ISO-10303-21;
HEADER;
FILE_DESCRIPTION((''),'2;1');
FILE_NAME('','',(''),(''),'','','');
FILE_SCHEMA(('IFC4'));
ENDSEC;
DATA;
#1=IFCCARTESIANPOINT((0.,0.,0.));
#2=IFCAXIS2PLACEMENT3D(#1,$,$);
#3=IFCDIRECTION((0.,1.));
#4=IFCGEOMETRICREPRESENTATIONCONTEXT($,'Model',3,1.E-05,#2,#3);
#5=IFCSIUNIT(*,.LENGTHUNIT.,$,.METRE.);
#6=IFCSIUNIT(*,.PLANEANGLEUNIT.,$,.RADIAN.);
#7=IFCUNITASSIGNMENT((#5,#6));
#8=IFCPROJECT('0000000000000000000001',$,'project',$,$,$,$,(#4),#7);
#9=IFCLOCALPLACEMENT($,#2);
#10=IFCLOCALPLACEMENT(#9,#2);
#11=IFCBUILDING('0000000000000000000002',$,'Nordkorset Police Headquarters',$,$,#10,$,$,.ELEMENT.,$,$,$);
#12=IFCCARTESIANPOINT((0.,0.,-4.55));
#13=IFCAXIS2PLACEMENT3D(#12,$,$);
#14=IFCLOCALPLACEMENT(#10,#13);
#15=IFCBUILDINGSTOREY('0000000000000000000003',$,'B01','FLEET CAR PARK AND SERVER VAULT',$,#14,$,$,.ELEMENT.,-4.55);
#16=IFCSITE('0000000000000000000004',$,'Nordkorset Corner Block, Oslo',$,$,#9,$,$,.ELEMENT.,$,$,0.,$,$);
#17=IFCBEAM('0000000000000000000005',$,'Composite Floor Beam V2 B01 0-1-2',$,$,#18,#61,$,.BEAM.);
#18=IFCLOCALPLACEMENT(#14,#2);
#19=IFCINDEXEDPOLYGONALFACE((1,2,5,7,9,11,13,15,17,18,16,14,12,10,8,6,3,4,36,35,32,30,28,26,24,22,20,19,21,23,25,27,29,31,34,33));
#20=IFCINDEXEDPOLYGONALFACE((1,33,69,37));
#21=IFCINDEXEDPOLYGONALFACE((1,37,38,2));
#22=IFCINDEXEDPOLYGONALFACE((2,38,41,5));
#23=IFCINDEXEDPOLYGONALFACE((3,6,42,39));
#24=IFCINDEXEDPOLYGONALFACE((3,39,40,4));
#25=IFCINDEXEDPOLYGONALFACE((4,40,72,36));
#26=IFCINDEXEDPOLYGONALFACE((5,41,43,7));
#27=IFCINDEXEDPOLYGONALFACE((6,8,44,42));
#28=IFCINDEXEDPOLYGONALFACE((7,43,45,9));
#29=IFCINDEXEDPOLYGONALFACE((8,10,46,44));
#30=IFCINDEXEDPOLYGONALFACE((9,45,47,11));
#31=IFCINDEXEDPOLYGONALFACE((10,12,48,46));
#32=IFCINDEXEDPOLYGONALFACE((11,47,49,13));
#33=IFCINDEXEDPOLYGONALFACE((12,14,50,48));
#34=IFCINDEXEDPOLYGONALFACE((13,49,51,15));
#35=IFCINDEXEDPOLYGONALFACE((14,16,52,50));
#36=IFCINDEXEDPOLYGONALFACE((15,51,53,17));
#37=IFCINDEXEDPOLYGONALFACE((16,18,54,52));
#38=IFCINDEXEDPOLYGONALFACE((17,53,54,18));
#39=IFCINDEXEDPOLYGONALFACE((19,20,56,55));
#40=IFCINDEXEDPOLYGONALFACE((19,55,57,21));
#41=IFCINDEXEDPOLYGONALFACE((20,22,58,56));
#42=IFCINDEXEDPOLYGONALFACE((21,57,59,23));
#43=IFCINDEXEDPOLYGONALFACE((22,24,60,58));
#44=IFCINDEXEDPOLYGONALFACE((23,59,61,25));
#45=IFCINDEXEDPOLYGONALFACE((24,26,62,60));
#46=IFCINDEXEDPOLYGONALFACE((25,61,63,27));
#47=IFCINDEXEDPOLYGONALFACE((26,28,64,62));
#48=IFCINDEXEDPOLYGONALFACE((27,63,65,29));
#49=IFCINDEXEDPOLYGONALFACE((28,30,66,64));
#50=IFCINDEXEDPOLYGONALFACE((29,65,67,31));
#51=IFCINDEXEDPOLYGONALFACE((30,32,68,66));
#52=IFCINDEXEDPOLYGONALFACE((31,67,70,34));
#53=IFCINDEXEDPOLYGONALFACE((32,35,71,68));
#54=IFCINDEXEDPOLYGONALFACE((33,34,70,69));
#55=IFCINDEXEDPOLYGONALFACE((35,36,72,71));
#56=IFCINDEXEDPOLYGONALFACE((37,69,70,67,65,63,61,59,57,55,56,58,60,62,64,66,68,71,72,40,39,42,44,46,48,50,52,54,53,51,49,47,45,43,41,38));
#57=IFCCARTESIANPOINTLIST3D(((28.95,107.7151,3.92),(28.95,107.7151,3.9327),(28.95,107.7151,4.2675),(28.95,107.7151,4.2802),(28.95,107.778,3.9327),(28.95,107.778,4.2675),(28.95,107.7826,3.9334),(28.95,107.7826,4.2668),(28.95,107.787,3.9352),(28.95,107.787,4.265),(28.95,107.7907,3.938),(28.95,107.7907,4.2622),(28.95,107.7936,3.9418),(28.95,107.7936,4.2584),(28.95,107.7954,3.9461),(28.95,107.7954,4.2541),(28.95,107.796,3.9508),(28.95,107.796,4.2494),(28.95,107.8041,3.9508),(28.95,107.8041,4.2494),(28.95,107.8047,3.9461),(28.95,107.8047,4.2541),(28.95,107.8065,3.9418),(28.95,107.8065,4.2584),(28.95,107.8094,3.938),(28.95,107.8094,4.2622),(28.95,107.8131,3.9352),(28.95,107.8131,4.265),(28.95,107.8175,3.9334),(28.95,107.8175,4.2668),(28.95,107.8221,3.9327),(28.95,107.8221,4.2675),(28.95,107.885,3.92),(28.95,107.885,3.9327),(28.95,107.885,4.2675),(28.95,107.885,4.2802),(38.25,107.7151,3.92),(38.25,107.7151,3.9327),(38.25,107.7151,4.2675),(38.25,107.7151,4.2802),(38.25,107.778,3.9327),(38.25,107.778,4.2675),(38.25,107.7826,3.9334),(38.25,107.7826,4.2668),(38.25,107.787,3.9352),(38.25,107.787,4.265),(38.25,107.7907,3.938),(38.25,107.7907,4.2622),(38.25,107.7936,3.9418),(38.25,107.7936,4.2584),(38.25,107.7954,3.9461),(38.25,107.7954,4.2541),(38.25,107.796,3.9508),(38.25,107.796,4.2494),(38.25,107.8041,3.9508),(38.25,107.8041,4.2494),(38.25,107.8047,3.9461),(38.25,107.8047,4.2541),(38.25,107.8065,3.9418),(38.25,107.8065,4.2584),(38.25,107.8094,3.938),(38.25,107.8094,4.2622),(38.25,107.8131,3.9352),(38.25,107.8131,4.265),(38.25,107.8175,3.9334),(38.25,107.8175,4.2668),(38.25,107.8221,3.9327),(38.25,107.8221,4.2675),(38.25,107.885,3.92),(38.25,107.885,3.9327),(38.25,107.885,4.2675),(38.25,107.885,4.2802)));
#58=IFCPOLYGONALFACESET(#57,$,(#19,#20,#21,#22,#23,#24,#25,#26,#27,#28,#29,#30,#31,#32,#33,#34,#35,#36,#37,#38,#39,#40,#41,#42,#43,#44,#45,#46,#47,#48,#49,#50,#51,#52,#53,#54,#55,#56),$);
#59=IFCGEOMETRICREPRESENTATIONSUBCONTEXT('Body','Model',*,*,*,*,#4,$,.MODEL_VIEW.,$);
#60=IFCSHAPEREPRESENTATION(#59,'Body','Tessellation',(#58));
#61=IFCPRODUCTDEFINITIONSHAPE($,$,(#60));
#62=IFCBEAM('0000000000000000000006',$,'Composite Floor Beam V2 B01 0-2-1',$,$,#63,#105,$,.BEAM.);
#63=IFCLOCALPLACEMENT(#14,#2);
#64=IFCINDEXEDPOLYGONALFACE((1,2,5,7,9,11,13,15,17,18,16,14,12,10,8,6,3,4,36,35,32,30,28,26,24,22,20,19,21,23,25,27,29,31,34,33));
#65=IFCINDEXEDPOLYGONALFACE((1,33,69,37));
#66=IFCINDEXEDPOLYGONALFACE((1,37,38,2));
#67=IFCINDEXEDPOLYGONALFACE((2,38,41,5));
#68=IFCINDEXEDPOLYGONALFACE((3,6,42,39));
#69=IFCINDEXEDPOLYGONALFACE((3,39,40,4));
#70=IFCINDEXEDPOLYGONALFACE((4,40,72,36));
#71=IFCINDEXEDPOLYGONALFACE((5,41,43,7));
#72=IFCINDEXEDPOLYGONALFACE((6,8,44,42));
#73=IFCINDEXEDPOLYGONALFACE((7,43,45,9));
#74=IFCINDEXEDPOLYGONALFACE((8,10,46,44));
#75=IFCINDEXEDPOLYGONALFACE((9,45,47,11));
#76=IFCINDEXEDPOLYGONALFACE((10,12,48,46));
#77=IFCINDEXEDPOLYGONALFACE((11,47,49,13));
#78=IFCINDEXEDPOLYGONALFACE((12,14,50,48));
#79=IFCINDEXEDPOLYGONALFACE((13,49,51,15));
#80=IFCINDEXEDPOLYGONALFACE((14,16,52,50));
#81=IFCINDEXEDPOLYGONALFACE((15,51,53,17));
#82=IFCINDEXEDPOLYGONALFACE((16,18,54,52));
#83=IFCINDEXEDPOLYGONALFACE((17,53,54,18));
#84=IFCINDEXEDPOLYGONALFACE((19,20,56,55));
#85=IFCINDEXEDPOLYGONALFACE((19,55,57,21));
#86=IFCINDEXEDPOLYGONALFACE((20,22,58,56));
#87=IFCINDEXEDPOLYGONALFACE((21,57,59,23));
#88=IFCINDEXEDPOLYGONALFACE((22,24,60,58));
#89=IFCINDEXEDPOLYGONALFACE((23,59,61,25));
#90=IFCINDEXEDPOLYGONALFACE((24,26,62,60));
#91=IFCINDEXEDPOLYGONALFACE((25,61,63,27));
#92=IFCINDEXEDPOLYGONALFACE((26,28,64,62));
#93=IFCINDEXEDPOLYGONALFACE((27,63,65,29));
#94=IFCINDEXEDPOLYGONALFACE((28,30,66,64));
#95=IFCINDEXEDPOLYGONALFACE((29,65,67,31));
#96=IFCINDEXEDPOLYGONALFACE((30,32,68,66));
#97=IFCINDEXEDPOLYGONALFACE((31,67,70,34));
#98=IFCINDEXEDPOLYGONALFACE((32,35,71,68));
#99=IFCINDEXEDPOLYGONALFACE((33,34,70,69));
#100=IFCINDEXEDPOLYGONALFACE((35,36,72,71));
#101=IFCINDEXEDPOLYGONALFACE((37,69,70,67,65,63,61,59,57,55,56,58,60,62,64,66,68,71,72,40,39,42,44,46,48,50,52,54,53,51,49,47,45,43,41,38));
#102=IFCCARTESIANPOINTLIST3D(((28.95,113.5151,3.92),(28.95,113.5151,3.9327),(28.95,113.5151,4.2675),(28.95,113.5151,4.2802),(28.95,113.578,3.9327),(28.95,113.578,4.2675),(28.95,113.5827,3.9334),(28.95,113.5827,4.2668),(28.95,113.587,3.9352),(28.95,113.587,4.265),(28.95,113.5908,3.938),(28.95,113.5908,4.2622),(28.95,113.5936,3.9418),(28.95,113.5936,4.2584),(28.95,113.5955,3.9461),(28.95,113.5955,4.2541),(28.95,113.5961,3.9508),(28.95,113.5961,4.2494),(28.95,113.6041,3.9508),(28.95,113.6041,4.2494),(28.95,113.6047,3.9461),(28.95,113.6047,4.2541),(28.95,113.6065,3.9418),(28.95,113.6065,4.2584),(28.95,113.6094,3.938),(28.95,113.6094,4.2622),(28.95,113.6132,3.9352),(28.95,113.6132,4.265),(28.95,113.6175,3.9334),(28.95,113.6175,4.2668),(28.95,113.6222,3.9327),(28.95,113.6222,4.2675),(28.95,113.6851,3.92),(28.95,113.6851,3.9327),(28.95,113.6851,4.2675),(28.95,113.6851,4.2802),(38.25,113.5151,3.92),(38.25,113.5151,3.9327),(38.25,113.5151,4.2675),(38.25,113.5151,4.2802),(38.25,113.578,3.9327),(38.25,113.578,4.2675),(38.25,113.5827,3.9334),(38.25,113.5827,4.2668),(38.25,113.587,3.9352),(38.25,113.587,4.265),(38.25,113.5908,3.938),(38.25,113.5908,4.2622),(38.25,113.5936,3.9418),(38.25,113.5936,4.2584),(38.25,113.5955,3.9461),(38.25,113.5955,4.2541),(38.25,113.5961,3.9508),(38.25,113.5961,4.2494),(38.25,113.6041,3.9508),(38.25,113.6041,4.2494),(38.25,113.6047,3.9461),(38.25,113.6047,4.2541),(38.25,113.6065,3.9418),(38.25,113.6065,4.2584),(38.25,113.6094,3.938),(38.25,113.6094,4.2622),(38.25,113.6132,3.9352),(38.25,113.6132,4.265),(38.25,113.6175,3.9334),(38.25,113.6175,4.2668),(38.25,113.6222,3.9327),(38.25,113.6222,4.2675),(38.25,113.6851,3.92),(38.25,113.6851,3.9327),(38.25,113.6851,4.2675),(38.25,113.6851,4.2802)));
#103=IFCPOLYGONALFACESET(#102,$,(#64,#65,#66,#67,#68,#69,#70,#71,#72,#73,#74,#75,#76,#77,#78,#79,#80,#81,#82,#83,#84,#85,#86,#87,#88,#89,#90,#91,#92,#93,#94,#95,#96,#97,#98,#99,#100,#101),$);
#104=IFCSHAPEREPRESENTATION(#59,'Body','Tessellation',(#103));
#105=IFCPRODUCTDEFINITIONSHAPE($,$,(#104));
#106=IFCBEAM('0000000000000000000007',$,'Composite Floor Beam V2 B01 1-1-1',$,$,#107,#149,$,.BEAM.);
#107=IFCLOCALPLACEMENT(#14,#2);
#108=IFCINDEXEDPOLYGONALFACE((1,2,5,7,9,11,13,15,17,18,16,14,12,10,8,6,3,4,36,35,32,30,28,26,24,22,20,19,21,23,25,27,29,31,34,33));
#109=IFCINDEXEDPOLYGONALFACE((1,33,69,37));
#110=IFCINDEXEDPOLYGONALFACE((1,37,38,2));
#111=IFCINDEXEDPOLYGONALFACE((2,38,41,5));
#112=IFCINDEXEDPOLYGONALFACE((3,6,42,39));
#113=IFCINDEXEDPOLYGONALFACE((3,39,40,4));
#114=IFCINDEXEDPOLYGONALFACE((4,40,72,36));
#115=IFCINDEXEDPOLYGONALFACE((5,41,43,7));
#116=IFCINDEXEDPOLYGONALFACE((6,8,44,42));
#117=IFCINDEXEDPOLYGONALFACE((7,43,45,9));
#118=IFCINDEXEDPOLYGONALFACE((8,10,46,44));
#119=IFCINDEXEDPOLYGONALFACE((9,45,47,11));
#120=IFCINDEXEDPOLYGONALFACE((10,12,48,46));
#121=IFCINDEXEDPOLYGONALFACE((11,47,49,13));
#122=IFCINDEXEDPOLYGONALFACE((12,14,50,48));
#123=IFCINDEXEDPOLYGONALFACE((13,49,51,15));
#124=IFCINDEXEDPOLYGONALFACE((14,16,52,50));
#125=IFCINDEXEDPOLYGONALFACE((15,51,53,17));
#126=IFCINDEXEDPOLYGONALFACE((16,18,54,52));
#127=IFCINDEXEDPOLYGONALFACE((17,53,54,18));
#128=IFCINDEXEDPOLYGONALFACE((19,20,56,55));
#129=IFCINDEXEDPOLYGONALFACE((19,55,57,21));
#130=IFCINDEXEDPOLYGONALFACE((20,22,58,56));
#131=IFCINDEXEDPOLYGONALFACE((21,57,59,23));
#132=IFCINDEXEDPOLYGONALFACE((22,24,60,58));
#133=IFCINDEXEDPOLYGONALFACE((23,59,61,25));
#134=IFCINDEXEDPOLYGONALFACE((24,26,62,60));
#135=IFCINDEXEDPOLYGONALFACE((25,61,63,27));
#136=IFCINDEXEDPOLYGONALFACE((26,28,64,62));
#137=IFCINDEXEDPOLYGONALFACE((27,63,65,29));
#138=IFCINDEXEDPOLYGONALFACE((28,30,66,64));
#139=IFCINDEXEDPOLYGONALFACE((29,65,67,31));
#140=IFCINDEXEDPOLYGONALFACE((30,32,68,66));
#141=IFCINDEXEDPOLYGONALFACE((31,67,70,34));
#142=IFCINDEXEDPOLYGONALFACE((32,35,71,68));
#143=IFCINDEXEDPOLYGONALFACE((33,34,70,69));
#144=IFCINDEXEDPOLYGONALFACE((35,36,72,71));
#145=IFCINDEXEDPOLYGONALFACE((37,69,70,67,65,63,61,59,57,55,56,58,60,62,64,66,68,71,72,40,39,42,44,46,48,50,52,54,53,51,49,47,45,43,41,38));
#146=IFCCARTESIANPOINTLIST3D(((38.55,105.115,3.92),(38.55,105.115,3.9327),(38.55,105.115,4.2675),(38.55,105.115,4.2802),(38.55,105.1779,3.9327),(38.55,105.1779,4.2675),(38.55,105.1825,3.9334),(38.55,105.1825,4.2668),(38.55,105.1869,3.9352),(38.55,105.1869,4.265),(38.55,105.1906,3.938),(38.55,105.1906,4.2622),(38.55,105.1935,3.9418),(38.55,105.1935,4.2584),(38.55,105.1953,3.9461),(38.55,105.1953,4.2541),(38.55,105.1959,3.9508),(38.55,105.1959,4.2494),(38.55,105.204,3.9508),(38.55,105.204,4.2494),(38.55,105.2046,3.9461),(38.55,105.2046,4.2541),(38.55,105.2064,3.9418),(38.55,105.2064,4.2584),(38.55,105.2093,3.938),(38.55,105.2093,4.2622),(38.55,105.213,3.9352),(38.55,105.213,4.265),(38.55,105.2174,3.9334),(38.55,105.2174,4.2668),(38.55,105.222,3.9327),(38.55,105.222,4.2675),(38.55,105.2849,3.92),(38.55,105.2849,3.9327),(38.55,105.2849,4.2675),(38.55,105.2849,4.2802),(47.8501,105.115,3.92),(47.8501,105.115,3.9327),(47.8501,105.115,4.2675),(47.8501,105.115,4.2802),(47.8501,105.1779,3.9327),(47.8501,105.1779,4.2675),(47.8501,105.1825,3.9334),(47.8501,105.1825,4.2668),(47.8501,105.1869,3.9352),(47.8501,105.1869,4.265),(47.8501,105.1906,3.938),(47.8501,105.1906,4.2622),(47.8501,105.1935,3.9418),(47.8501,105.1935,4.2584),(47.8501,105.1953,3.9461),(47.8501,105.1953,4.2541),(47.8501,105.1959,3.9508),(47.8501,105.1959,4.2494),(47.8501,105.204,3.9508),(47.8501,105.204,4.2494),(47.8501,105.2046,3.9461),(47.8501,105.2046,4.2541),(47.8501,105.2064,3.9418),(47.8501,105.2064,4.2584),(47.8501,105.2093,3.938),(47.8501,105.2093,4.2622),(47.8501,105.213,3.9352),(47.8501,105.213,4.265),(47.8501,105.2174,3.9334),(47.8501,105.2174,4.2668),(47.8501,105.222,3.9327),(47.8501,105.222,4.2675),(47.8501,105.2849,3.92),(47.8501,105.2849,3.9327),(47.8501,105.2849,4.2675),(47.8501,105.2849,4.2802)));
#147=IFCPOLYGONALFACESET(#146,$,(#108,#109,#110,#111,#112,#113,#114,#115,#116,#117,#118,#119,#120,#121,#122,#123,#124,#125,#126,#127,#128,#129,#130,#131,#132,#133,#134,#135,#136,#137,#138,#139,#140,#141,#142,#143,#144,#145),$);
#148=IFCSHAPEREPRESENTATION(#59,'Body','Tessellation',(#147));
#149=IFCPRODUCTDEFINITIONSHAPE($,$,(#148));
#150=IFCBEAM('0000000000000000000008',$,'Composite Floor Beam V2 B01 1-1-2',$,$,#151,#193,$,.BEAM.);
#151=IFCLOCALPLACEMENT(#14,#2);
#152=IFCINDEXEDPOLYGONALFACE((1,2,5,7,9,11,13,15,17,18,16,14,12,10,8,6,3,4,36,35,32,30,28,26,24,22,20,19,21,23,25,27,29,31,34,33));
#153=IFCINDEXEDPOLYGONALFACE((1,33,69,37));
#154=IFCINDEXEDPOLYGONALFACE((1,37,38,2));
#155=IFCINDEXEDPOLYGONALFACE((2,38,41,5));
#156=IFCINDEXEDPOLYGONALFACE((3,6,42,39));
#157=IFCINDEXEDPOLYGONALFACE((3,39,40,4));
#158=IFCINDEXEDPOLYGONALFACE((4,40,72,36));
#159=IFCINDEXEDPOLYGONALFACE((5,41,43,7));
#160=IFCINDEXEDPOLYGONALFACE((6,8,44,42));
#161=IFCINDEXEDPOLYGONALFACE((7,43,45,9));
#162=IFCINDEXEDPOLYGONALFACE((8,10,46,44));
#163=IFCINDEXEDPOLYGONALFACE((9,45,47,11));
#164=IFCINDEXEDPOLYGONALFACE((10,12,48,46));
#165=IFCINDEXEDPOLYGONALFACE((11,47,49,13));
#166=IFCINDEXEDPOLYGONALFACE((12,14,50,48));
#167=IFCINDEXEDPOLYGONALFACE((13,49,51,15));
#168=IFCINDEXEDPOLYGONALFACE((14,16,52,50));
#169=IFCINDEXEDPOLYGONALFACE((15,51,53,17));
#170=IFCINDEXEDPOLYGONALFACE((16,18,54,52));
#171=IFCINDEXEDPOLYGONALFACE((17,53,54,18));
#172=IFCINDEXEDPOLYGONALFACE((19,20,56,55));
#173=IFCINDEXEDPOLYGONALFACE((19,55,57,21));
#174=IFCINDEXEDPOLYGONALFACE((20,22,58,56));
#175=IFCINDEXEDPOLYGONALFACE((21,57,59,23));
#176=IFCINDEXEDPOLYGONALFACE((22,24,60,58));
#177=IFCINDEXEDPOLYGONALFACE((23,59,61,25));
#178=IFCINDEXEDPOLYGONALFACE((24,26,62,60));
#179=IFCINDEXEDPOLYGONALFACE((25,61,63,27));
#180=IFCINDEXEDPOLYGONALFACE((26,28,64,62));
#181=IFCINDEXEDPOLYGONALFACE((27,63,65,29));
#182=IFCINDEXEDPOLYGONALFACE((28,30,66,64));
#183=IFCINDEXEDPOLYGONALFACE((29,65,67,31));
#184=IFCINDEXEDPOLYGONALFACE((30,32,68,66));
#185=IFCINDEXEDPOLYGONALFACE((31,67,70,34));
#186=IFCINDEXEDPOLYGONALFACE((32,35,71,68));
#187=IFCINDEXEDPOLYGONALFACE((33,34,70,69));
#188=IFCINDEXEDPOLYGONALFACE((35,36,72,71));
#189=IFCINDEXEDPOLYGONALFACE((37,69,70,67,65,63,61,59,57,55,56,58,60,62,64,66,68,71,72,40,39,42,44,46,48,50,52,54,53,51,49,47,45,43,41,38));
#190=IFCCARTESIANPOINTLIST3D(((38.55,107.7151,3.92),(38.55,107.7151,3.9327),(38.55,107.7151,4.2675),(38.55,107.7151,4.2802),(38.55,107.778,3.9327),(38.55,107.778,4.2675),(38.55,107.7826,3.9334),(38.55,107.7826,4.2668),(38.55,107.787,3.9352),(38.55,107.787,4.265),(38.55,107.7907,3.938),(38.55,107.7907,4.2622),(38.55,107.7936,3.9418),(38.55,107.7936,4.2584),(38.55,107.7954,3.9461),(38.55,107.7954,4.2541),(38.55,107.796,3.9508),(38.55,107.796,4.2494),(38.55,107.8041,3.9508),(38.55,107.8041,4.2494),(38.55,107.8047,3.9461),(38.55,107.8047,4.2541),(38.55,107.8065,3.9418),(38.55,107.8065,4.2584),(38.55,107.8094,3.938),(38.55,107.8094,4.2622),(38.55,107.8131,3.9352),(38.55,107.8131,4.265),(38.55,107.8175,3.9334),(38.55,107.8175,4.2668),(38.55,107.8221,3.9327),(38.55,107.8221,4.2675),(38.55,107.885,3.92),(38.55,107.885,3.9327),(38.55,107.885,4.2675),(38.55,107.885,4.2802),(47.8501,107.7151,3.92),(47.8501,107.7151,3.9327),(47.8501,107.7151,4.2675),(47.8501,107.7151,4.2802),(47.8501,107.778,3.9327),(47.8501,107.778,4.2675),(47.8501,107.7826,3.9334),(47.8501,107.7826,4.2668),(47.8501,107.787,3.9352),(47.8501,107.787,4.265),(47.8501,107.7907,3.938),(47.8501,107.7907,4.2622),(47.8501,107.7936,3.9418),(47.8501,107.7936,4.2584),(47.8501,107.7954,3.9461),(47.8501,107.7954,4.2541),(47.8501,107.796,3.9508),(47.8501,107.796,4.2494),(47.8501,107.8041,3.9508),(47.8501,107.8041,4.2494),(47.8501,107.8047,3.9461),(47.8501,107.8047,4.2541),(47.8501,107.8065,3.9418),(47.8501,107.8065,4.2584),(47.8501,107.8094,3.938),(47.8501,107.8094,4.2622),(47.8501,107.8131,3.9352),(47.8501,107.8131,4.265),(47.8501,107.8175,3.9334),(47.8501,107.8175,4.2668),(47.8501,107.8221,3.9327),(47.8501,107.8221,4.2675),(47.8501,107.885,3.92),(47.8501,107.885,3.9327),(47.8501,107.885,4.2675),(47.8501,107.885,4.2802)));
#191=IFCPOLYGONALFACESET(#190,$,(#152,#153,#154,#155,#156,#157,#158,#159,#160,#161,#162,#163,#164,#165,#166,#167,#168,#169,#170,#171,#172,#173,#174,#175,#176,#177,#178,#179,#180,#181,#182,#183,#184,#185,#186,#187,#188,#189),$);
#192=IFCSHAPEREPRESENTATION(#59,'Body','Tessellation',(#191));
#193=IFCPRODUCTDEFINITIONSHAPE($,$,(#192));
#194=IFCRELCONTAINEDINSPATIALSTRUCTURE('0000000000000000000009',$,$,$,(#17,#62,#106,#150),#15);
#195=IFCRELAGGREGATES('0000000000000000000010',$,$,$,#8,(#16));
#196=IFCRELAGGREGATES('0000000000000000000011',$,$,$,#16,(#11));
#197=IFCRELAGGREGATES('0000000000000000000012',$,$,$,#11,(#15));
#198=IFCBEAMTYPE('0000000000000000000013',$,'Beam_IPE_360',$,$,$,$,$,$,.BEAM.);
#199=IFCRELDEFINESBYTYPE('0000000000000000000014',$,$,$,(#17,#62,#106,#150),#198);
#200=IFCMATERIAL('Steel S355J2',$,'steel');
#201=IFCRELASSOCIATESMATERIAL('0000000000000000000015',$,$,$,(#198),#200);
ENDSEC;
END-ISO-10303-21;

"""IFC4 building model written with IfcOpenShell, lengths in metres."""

from ifc_helpers import new_model, si_unit, direction, frame, origin, origin_2d, place, context, subcontext, project, spatial, i_section, extrude, material, material_profile, profile_set, type_object, element, save


model = new_model("IFC4")

# Units and contexts
model_context = context("Model", 3, precision=1e-05, world=origin(), true_north=direction((0.0, 1.0)))
body_context = subcontext(model_context, "Body", "Model", "MODEL_VIEW")
ifc_project = project(units=[si_unit("LENGTHUNIT", "METRE"), si_unit("PLANEANGLEUNIT", "RADIAN")], contexts=[model_context])

# Site, building, storey
site_placement = place(None, origin())
site = spatial("IfcSite", under=ifc_project, at=site_placement, Name="Nordkorset Corner Block, Oslo", CompositionType="ELEMENT", RefElevation=0.0)
building_placement = place(site_placement, origin())
building = spatial("IfcBuilding", under=site, at=building_placement, Name="Nordkorset Police Headquarters", CompositionType="ELEMENT")
storey_placement = place(building_placement, frame((0.0, 0.0, -4.55)))
storey = spatial("IfcBuildingStorey", under=building, at=storey_placement, Name="B01", Description="FLEET CAR PARK AND SERVER VAULT", CompositionType="ELEMENT", Elevation=-4.55)

# Beams
ifc_material_1 = material(Name="Steel S355J2", Category="steel")
ifc_material_profile_1 = material_profile(ifc_material_1, i_section(OverallWidth=0.1699, OverallDepth=0.3601, WebThickness=0.0081, FlangeThickness=0.0127, FilletRadius=0.0181, at=origin_2d()), Name="IPE 360")
ifc_profile_set_1 = profile_set([ifc_material_profile_1], Name="Steel S355J2")
beam_type_1 = type_object("IfcBeamType", Name="Beam_IPE_360", PredefinedType="BEAM", material=ifc_profile_set_1)
for number, where, z_axis, x_axis, name in (
    (1, (28.95, 107.8, 4.1001), (1.0, 0.0, 0.0), (0.0, 1.0, 0.0), "Composite Floor Beam V2 B01 0-1-2"),
    (2, (28.95, 113.6001, 4.1001), (1.0, 0.0, 0.0), (0.0, 1.0, 0.0), "Composite Floor Beam V2 B01 0-2-1"),
    (3, (38.55, 105.2, 4.1001), (1.0, 0.0, 0.0), (0.0, 1.0, 0.0), "Composite Floor Beam V2 B01 1-1-1"),
    (4, (38.55, 107.8, 4.1001), (1.0, 0.0, 0.0), (0.0, 1.0, 0.0), "Composite Floor Beam V2 B01 1-1-2"),
):
    element("IfcBeam", number, at=place(storey_placement, frame(where, z_axis=z_axis, x_axis=x_axis)), inside=storey, type_object=beam_type_1, Name=name, PredefinedType="BEAM", context=body_context, shape_type="SweptSolid", body=[
        extrude(i_section(OverallWidth=0.1699, OverallDepth=0.3601, WebThickness=0.0081, FlangeThickness=0.0127, FilletRadius=0.0181, at=origin_2d()), origin(), (0.0, 0.0, 1.0), 9.3),
    ])

save(model, "model.ifc")
